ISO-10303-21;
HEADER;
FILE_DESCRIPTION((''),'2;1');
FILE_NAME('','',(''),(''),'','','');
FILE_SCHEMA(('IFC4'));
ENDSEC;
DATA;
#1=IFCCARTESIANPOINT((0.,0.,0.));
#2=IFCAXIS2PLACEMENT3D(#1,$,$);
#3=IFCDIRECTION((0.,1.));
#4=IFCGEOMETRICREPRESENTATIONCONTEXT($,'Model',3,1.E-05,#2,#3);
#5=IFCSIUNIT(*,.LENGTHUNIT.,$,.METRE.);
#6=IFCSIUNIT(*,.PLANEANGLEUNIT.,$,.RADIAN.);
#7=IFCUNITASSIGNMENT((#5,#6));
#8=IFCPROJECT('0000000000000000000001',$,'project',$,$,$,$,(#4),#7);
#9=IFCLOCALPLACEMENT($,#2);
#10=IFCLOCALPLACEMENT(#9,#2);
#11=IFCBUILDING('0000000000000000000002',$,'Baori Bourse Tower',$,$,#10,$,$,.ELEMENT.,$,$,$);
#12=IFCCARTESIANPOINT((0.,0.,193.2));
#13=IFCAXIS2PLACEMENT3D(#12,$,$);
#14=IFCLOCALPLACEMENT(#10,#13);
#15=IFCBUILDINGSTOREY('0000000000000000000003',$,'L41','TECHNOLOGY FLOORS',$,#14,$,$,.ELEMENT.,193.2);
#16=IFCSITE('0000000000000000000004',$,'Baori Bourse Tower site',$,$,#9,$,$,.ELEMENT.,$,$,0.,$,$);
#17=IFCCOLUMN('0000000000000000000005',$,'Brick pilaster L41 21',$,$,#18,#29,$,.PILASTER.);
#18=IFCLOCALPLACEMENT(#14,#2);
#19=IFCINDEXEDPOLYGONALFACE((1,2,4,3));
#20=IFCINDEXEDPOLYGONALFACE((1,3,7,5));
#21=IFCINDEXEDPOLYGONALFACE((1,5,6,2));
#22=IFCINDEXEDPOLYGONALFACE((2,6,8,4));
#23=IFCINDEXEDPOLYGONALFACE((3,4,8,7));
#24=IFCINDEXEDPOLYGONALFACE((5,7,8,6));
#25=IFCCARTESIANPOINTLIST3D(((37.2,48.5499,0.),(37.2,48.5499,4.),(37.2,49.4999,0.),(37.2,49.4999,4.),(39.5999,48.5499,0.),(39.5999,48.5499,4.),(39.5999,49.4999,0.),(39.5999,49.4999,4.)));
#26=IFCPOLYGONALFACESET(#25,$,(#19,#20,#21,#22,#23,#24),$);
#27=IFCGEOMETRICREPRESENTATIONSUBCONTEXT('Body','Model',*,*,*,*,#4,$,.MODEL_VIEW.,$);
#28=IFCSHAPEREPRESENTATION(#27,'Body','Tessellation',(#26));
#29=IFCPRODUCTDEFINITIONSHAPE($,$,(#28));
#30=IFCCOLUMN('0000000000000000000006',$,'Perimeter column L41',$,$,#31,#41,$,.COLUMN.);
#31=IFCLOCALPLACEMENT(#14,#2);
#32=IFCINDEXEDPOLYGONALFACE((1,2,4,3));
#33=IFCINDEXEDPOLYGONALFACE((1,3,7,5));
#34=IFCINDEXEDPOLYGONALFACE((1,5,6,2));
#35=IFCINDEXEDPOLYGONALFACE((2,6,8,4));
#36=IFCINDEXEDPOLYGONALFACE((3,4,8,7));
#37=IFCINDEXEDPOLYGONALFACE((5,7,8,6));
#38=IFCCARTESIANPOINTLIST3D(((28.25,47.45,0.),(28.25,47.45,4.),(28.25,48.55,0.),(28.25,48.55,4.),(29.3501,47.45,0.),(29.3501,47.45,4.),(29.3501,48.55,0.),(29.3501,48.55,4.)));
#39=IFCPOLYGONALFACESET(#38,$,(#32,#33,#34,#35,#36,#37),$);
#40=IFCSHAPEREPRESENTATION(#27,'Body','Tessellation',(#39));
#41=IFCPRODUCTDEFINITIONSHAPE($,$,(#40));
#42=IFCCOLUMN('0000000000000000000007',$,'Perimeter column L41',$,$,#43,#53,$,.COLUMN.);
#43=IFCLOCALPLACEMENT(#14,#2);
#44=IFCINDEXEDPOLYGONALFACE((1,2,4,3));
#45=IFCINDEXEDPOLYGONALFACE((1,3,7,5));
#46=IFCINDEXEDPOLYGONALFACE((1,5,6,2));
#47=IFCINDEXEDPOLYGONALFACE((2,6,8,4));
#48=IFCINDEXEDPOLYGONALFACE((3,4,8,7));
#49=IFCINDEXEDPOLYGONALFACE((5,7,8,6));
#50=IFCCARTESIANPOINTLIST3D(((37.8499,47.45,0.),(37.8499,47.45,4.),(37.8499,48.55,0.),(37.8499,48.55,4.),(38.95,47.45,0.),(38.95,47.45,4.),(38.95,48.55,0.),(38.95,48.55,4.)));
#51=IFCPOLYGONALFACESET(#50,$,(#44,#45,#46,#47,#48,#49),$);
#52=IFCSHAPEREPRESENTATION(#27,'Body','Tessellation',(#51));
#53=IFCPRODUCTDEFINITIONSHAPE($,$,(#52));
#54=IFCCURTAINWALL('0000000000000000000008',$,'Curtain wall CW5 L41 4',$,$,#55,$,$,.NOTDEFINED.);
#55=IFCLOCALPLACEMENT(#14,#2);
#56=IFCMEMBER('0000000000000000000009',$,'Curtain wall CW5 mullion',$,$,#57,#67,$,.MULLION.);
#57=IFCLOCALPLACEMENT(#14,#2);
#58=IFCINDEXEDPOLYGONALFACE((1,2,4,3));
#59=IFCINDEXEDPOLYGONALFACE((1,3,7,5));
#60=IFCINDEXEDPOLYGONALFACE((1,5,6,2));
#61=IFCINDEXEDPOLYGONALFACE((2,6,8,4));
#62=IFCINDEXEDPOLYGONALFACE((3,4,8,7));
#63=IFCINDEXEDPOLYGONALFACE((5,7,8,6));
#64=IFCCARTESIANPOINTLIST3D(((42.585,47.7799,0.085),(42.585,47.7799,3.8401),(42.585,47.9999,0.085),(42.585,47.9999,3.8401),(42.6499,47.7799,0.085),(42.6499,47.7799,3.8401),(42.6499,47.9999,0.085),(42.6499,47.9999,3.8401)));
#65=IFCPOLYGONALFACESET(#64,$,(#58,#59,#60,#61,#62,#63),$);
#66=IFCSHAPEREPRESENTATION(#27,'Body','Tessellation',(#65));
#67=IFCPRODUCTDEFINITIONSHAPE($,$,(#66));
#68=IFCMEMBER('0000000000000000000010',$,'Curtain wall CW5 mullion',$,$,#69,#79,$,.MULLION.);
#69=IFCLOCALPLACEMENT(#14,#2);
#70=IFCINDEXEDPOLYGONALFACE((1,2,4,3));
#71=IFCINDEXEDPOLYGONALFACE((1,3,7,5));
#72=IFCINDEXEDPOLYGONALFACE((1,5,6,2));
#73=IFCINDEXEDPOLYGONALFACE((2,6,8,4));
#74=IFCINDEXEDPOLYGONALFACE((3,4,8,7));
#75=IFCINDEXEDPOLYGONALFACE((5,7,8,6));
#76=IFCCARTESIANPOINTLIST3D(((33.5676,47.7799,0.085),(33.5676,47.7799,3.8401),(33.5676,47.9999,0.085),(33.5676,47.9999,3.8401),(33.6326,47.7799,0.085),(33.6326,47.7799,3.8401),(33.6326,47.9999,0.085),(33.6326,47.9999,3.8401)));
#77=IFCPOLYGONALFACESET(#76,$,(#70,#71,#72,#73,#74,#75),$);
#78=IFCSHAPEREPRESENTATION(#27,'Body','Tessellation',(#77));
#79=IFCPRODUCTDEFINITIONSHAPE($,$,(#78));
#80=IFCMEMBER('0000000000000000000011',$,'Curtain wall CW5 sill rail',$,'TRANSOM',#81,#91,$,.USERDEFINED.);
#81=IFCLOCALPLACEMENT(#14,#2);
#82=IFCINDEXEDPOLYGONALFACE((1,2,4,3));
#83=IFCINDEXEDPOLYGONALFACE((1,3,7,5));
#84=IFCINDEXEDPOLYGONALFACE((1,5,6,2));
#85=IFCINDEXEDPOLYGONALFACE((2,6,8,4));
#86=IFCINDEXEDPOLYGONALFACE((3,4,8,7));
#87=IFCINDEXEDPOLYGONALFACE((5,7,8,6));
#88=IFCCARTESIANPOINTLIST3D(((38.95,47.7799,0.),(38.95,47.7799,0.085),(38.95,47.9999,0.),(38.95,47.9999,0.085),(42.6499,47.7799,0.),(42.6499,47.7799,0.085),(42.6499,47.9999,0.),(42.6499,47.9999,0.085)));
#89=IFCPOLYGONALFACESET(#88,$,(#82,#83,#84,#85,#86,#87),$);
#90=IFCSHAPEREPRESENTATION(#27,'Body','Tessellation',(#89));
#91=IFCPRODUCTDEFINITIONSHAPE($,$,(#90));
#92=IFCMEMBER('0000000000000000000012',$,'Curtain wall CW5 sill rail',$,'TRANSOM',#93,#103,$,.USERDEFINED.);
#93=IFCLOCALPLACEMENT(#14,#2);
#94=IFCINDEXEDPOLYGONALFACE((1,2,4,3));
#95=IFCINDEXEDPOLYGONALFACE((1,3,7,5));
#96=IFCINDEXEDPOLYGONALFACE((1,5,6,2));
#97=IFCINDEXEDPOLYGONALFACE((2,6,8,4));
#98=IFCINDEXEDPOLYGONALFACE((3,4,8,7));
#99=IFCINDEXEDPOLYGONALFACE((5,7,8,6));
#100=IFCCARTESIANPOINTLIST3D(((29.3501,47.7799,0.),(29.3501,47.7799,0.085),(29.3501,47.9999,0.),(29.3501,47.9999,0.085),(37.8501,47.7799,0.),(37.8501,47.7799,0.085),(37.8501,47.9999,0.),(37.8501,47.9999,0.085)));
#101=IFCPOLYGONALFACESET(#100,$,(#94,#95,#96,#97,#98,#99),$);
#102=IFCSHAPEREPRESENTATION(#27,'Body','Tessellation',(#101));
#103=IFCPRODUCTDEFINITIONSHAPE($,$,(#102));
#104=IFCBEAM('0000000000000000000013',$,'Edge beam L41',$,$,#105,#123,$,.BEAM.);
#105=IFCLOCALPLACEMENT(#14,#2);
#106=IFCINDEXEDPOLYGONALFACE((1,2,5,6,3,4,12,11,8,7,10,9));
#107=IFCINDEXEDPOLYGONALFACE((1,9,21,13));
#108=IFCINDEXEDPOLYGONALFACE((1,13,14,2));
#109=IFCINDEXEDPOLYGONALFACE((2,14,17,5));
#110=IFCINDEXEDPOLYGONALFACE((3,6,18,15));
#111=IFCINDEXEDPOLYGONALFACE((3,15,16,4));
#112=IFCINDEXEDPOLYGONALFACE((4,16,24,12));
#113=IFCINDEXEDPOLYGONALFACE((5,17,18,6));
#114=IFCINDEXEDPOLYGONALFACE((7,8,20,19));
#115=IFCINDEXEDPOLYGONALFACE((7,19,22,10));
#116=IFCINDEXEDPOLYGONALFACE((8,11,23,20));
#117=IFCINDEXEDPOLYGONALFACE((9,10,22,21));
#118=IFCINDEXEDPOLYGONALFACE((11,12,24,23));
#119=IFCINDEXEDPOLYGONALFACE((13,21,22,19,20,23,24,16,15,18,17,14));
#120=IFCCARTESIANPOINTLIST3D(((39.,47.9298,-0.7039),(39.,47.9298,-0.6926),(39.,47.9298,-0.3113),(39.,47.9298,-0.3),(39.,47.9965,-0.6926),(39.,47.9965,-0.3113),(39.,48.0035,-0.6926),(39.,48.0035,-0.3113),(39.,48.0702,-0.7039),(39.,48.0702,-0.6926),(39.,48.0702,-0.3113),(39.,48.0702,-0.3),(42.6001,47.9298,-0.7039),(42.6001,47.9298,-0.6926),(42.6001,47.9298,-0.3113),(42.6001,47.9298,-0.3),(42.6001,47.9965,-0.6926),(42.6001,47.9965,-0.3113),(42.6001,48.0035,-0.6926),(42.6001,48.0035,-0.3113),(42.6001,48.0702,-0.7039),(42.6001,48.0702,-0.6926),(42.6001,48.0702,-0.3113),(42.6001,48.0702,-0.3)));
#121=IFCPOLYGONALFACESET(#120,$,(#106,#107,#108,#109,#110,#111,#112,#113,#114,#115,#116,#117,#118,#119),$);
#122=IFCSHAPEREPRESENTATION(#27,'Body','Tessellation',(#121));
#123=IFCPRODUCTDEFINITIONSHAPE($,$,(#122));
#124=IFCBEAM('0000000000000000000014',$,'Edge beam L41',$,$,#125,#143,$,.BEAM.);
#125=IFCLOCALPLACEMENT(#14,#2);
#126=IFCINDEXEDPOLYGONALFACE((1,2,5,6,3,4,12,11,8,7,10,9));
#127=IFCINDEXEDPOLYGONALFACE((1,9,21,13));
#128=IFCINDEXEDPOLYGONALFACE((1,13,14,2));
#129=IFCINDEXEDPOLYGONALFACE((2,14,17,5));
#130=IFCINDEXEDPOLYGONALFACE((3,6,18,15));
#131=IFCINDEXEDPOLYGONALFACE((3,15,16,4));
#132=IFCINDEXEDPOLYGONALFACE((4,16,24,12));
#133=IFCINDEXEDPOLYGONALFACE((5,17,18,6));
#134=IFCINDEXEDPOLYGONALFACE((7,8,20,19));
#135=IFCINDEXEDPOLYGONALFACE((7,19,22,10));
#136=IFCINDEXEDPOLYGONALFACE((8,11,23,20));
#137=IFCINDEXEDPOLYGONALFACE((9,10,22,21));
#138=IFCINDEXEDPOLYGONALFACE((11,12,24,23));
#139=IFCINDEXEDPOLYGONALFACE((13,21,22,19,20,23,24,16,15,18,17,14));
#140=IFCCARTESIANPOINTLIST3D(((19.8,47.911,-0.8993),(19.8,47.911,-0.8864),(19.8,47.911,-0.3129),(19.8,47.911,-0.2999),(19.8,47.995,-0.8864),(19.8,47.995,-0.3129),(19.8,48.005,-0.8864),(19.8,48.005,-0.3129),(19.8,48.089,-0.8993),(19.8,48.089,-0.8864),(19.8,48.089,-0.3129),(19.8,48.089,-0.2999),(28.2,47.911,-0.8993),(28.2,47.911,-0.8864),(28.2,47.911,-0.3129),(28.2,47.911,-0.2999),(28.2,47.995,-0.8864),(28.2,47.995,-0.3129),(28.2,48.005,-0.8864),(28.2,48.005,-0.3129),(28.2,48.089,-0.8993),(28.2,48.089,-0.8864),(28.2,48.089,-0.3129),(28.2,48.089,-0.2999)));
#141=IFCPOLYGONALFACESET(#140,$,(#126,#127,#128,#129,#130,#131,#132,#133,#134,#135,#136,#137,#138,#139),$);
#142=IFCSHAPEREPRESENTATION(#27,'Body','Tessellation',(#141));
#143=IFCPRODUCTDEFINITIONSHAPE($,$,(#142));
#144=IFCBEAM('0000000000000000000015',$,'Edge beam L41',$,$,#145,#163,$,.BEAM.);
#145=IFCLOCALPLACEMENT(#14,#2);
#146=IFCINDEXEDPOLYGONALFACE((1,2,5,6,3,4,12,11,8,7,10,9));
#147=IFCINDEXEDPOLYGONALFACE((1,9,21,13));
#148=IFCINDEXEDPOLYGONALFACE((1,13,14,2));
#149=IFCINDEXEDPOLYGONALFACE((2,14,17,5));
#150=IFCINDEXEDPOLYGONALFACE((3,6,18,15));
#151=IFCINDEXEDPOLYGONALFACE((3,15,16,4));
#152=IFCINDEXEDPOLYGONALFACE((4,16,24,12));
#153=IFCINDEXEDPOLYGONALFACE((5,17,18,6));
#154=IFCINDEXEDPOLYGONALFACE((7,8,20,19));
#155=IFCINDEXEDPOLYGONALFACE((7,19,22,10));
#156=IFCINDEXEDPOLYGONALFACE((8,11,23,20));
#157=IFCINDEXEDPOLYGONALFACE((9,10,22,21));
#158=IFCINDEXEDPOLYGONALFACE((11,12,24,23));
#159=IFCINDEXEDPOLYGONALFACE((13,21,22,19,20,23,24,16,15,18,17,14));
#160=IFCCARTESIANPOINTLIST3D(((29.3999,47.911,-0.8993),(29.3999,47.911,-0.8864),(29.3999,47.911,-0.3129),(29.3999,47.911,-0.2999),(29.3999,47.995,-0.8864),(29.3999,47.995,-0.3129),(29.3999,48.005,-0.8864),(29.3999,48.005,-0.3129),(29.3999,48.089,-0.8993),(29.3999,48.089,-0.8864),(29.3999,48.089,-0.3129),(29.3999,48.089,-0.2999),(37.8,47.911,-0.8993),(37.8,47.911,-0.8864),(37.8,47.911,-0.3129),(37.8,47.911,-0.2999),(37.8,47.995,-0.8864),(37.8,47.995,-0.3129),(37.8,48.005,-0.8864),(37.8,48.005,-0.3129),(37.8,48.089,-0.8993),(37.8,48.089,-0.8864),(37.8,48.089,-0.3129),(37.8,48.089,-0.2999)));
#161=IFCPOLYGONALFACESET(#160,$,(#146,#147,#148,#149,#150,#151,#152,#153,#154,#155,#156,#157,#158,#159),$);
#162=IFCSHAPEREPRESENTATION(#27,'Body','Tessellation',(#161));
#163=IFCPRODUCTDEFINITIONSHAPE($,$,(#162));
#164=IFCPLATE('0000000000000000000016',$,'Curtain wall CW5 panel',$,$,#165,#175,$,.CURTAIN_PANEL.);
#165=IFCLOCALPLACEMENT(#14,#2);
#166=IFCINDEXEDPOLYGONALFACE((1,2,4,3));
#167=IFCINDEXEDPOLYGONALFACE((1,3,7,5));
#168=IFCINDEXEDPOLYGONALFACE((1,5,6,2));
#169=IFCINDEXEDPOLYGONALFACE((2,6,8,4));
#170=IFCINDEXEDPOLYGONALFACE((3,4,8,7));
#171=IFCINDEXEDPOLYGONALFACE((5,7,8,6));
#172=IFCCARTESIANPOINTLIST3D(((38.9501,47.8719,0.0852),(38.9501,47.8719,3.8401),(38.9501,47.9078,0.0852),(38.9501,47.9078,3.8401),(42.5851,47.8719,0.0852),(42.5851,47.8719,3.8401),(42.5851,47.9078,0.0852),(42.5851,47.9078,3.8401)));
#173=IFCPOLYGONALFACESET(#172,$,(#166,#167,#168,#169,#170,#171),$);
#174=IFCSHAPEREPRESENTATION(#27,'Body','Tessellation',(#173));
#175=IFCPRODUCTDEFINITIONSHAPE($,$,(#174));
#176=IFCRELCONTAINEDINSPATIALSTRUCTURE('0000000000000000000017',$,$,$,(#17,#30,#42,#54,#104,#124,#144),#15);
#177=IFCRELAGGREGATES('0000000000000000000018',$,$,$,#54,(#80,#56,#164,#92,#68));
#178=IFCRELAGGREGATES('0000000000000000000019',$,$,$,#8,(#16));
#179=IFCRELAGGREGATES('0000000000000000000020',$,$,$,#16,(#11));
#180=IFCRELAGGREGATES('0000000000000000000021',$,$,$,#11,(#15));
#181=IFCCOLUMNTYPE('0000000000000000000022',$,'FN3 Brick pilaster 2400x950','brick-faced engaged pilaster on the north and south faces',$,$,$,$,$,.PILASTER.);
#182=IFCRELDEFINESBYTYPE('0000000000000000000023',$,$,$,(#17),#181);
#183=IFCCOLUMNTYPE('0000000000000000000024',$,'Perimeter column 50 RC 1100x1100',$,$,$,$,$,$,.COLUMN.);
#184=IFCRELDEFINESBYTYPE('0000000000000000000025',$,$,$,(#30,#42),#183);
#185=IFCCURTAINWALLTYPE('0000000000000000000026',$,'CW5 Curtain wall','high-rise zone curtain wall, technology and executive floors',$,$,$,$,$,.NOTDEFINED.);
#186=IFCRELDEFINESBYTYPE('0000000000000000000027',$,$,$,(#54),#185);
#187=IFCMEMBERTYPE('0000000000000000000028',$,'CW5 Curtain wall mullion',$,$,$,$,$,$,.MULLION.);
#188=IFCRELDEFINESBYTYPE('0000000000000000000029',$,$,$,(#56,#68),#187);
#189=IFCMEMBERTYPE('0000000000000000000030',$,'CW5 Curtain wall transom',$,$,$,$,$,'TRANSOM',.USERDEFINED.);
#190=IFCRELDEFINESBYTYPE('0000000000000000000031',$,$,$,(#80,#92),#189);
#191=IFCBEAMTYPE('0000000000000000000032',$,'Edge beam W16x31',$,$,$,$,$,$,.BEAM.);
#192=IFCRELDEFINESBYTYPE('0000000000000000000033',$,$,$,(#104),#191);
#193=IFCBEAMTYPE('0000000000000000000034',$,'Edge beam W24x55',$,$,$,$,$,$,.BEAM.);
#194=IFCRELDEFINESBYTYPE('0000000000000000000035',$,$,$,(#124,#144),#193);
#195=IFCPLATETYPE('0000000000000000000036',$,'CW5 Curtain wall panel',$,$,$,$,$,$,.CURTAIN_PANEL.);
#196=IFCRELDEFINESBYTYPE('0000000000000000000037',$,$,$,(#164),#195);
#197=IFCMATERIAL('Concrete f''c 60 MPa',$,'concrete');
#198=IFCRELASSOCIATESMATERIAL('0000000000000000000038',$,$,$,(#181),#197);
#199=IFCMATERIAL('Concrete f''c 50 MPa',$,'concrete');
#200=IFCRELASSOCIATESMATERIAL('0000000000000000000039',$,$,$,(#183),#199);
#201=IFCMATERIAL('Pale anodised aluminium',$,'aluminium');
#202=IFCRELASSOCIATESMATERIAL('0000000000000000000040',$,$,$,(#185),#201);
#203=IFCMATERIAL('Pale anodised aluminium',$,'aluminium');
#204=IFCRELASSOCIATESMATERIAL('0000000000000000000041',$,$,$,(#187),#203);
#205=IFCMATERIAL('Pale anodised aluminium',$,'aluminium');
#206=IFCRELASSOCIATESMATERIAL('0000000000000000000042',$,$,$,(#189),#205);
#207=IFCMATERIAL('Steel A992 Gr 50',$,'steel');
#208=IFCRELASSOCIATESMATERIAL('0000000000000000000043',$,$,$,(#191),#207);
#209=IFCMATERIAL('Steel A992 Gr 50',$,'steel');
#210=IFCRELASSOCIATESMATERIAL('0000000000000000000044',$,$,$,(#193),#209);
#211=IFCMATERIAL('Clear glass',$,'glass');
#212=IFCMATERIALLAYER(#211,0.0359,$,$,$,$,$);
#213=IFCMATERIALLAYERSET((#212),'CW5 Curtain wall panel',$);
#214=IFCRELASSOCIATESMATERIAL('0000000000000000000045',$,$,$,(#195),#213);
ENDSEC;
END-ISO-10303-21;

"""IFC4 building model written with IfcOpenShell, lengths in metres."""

from ifc_helpers import new_model, si_unit, direction, frame, origin, origin_2d, place, context, subcontext, project, spatial, rectangle, i_section, extrude, material, layer, layer_set, material_profile, profile_set, type_object, element, aggregate, save


model = new_model("IFC4")

# Units and contexts
model_context = context("Model", 3, precision=1e-05, world=origin(), true_north=direction((0.0, 1.0)))
body_context = subcontext(model_context, "Body", "Model", "MODEL_VIEW")
ifc_project = project(units=[si_unit("LENGTHUNIT", "METRE"), si_unit("PLANEANGLEUNIT", "RADIAN")], contexts=[model_context])

# Site, building, storey
site_placement = place(None, origin())
site = spatial("IfcSite", under=ifc_project, at=site_placement, Name="Baori Bourse Tower site", CompositionType="ELEMENT", RefElevation=0.0)
building_placement = place(site_placement, origin())
building = spatial("IfcBuilding", under=site, at=building_placement, Name="Baori Bourse Tower", CompositionType="ELEMENT")
storey_placement = place(building_placement, frame((0.0, 0.0, 193.2)))
storey = spatial("IfcBuildingStorey", under=building, at=storey_placement, Name="L41", Description="TECHNOLOGY FLOORS", CompositionType="ELEMENT", Elevation=193.2)

# Columns
ifc_material_1 = material(Name="Concrete f'c 60 MPa", Category="concrete")
ifc_material_profile_1 = material_profile(ifc_material_1, rectangle(XDim=2.3999, YDim=0.95, at=origin_2d()), Name="RC 2400x950")
ifc_profile_set_1 = profile_set([ifc_material_profile_1], Name="Concrete f'c 60 MPa")
column_type_1 = type_object("IfcColumnType", Name="FN3 Brick pilaster 2400x950", Description="brick-faced engaged pilaster on the north and south faces", PredefinedType="PILASTER", material=ifc_profile_set_1)
column_placement = place(storey_placement, frame((38.3999, 49.0249, 0.0), z_axis=(0.0, 0.0, 1.0), x_axis=(1.0, 0.0, 0.0)))
element("IfcColumn", 1, at=column_placement, inside=storey, type_object=column_type_1, Name="Brick pilaster L41 21", PredefinedType="PILASTER", context=body_context, shape_type="SweptSolid", body=[
    extrude(rectangle(XDim=2.3999, YDim=0.95, at=origin_2d()), origin(), (0.0, 0.0, 1.0), 4.0),
])
ifc_material_2 = material(Name="Concrete f'c 50 MPa", Category="concrete")
ifc_material_profile_2 = material_profile(ifc_material_2, rectangle(XDim=1.1001, YDim=1.1001, at=origin_2d()), Name="RC 1100x1100")
ifc_profile_set_2 = profile_set([ifc_material_profile_2], Name="Concrete f'c 50 MPa")
column_type_2 = type_object("IfcColumnType", Name="Perimeter column 50 RC 1100x1100", PredefinedType="COLUMN", material=ifc_profile_set_2)
for number, where, z_axis, x_axis, name in (
    (2, (28.8, 48.0, 0.0), (0.0, 0.0, 1.0), (1.0, 0.0, 0.0), "Perimeter column L41"),
    (3, (38.3999, 48.0, 0.0), (0.0, 0.0, 1.0), (1.0, 0.0, 0.0), "Perimeter column L41"),
):
    element("IfcColumn", number, at=place(storey_placement, frame(where, z_axis=z_axis, x_axis=x_axis)), inside=storey, type_object=column_type_2, Name=name, PredefinedType="COLUMN", context=body_context, shape_type="SweptSolid", body=[
        extrude(rectangle(XDim=1.1001, YDim=1.1001, at=origin_2d()), origin(), (0.0, 0.0, 1.0), 4.0),
    ])

# Curtain wall, members
ifc_material_3 = material(Name="Pale anodised aluminium", Category="aluminium")
curtain_wall_type = type_object("IfcCurtainWallType", Name="CW5 Curtain wall", Description="high-rise zone curtain wall, technology and executive floors", PredefinedType="NOTDEFINED", material=ifc_material_3)
curtain_wall_placement = place(storey_placement, origin())
curtain_wall = element("IfcCurtainWall", 4, at=curtain_wall_placement, inside=storey, type_object=curtain_wall_type, Name="Curtain wall CW5 L41 4", PredefinedType="NOTDEFINED")
ifc_material_4 = material(Name="Pale anodised aluminium", Category="aluminium")
ifc_material_profile_3 = material_profile(ifc_material_4, rectangle(XDim=0.22, YDim=0.0649, at=origin_2d()), Name="Mullion 65x220")
ifc_profile_set_3 = profile_set([ifc_material_profile_3], Name="Pale anodised aluminium")
member_type_1 = type_object("IfcMemberType", Name="CW5 Curtain wall mullion", PredefinedType="MULLION", material=ifc_profile_set_3)
member_1_placement = place(storey_placement, frame((42.6174, 47.8899, 0.085), z_axis=(0.0, 0.0, 1.0), x_axis=(0.0, -1.0, 0.0)))
member_1 = element("IfcMember", 5, at=member_1_placement, type_object=member_type_1, Name="Curtain wall CW5 mullion", PredefinedType="MULLION", context=body_context, shape_type="SweptSolid", body=[
    extrude(rectangle(XDim=0.22, YDim=0.0649, at=origin_2d()), origin(), (0.0, 0.0, 1.0), 3.7551),
])
member_2_placement = place(storey_placement, frame((33.6001, 47.8899, 0.085), z_axis=(0.0, 0.0, 1.0), x_axis=(0.0, -1.0, 0.0)))
member_2 = element("IfcMember", 6, at=member_2_placement, type_object=member_type_1, Name="Curtain wall CW5 mullion", PredefinedType="MULLION", context=body_context, shape_type="SweptSolid", body=[
    extrude(rectangle(XDim=0.22, YDim=0.0649, at=origin_2d()), origin(), (0.0, 0.0, 1.0), 3.7551),
])
ifc_material_5 = material(Name="Pale anodised aluminium", Category="aluminium")
ifc_material_profile_4 = material_profile(ifc_material_5, rectangle(XDim=0.22, YDim=0.085, at=origin_2d()), Name="Transom 85x220")
ifc_profile_set_4 = profile_set([ifc_material_profile_4], Name="Pale anodised aluminium")
member_type_2 = type_object("IfcMemberType", Name="CW5 Curtain wall transom", ElementType="TRANSOM", PredefinedType="USERDEFINED", material=ifc_profile_set_4)
member_3_placement = place(storey_placement, frame((42.6499, 47.8899, 0.0425), z_axis=(-1.0, 0.0, 0.0), x_axis=(0.0, -1.0, 0.0)))
member_3 = element("IfcMember", 7, at=member_3_placement, type_object=member_type_2, Name="Curtain wall CW5 sill rail", ObjectType="TRANSOM", PredefinedType="USERDEFINED", context=body_context, shape_type="SweptSolid", body=[
    extrude(rectangle(XDim=0.22, YDim=0.085, at=origin_2d()), origin(), (0.0, 0.0, 1.0), 3.7),
])
member_4_placement = place(storey_placement, frame((37.8501, 47.8899, 0.0425), z_axis=(-1.0, 0.0, 0.0), x_axis=(0.0, -1.0, 0.0)))
member_4 = element("IfcMember", 8, at=member_4_placement, type_object=member_type_2, Name="Curtain wall CW5 sill rail", ObjectType="TRANSOM", PredefinedType="USERDEFINED", context=body_context, shape_type="SweptSolid", body=[
    extrude(rectangle(XDim=0.22, YDim=0.085, at=origin_2d()), origin(), (0.0, 0.0, 1.0), 8.5),
])

# Beams
ifc_material_6 = material(Name="Steel A992 Gr 50", Category="steel")
ifc_material_profile_5 = material_profile(ifc_material_6, i_section(OverallWidth=0.1404, OverallDepth=0.4038, WebThickness=0.0071, FlangeThickness=0.0112, at=origin_2d()), Name="W16x31")
ifc_profile_set_5 = profile_set([ifc_material_profile_5], Name="Steel A992 Gr 50")
beam_type_1 = type_object("IfcBeamType", Name="Edge beam W16x31", PredefinedType="BEAM", material=ifc_profile_set_5)
beam_1_placement = place(storey_placement, frame((39.0, 48.0, -0.502), z_axis=(1.0, 0.0, 0.0), x_axis=(0.0, 1.0, 0.0)))
element("IfcBeam", 9, at=beam_1_placement, inside=storey, type_object=beam_type_1, Name="Edge beam L41", PredefinedType="BEAM", context=body_context, shape_type="SweptSolid", body=[
    extrude(i_section(OverallWidth=0.1404, OverallDepth=0.4038, WebThickness=0.0071, FlangeThickness=0.0112, at=origin_2d()), origin(), (0.0, 0.0, 1.0), 3.6001),
])
ifc_material_7 = material(Name="Steel A992 Gr 50", Category="steel")
ifc_material_profile_6 = material_profile(ifc_material_7, i_section(OverallWidth=0.178, OverallDepth=0.5994, WebThickness=0.01, FlangeThickness=0.0129, at=origin_2d()), Name="W24x55")
ifc_profile_set_6 = profile_set([ifc_material_profile_6], Name="Steel A992 Gr 50")
beam_type_2 = type_object("IfcBeamType", Name="Edge beam W24x55", PredefinedType="BEAM", material=ifc_profile_set_6)
beam_2_placement = place(storey_placement, frame((19.8, 48.0, -0.5996), z_axis=(1.0, 0.0, 0.0), x_axis=(0.0, 1.0, 0.0)))
element("IfcBeam", 10, at=beam_2_placement, inside=storey, type_object=beam_type_2, Name="Edge beam L41", PredefinedType="BEAM", context=body_context, shape_type="SweptSolid", body=[
    extrude(i_section(OverallWidth=0.178, OverallDepth=0.5994, WebThickness=0.01, FlangeThickness=0.0129, at=origin_2d()), origin(), (0.0, 0.0, 1.0), 8.3999),
])
beam_3_placement = place(storey_placement, frame((29.3999, 48.0, -0.5996), z_axis=(1.0, 0.0, 0.0), x_axis=(0.0, 1.0, 0.0)))
element("IfcBeam", 11, at=beam_3_placement, inside=storey, type_object=beam_type_2, Name="Edge beam L41", PredefinedType="BEAM", context=body_context, shape_type="SweptSolid", body=[
    extrude(i_section(OverallWidth=0.178, OverallDepth=0.5994, WebThickness=0.01, FlangeThickness=0.0129, at=origin_2d()), origin(), (0.0, 0.0, 1.0), 8.4001),
])

# Plate
ifc_material_8 = material(Name="Clear glass", Category="glass")
ifc_layer_1 = layer(ifc_material_8, 0.0359)
ifc_layer_set_1 = layer_set([ifc_layer_1], Name="CW5 Curtain wall panel")
plate_type = type_object("IfcPlateType", Name="CW5 Curtain wall panel", PredefinedType="CURTAIN_PANEL", material=ifc_layer_set_1)
plate_1_placement = place(storey_placement, frame((40.7676, 47.8899, 0.0852), z_axis=(0.0, 0.0, 1.0), x_axis=(-1.0, 0.0, 0.0)))
plate_1 = element("IfcPlate", 12, at=plate_1_placement, type_object=plate_type, Name="Curtain wall CW5 panel", PredefinedType="CURTAIN_PANEL", context=body_context, shape_type="SweptSolid", body=[
    extrude(rectangle(XDim=3.635, YDim=0.0359, at=origin_2d()), origin(), (0.0, 0.0, 1.0), 3.7549),
])
aggregate(curtain_wall, [member_3, member_1, plate_1, member_4, member_2])

save(model, "model.ifc")
